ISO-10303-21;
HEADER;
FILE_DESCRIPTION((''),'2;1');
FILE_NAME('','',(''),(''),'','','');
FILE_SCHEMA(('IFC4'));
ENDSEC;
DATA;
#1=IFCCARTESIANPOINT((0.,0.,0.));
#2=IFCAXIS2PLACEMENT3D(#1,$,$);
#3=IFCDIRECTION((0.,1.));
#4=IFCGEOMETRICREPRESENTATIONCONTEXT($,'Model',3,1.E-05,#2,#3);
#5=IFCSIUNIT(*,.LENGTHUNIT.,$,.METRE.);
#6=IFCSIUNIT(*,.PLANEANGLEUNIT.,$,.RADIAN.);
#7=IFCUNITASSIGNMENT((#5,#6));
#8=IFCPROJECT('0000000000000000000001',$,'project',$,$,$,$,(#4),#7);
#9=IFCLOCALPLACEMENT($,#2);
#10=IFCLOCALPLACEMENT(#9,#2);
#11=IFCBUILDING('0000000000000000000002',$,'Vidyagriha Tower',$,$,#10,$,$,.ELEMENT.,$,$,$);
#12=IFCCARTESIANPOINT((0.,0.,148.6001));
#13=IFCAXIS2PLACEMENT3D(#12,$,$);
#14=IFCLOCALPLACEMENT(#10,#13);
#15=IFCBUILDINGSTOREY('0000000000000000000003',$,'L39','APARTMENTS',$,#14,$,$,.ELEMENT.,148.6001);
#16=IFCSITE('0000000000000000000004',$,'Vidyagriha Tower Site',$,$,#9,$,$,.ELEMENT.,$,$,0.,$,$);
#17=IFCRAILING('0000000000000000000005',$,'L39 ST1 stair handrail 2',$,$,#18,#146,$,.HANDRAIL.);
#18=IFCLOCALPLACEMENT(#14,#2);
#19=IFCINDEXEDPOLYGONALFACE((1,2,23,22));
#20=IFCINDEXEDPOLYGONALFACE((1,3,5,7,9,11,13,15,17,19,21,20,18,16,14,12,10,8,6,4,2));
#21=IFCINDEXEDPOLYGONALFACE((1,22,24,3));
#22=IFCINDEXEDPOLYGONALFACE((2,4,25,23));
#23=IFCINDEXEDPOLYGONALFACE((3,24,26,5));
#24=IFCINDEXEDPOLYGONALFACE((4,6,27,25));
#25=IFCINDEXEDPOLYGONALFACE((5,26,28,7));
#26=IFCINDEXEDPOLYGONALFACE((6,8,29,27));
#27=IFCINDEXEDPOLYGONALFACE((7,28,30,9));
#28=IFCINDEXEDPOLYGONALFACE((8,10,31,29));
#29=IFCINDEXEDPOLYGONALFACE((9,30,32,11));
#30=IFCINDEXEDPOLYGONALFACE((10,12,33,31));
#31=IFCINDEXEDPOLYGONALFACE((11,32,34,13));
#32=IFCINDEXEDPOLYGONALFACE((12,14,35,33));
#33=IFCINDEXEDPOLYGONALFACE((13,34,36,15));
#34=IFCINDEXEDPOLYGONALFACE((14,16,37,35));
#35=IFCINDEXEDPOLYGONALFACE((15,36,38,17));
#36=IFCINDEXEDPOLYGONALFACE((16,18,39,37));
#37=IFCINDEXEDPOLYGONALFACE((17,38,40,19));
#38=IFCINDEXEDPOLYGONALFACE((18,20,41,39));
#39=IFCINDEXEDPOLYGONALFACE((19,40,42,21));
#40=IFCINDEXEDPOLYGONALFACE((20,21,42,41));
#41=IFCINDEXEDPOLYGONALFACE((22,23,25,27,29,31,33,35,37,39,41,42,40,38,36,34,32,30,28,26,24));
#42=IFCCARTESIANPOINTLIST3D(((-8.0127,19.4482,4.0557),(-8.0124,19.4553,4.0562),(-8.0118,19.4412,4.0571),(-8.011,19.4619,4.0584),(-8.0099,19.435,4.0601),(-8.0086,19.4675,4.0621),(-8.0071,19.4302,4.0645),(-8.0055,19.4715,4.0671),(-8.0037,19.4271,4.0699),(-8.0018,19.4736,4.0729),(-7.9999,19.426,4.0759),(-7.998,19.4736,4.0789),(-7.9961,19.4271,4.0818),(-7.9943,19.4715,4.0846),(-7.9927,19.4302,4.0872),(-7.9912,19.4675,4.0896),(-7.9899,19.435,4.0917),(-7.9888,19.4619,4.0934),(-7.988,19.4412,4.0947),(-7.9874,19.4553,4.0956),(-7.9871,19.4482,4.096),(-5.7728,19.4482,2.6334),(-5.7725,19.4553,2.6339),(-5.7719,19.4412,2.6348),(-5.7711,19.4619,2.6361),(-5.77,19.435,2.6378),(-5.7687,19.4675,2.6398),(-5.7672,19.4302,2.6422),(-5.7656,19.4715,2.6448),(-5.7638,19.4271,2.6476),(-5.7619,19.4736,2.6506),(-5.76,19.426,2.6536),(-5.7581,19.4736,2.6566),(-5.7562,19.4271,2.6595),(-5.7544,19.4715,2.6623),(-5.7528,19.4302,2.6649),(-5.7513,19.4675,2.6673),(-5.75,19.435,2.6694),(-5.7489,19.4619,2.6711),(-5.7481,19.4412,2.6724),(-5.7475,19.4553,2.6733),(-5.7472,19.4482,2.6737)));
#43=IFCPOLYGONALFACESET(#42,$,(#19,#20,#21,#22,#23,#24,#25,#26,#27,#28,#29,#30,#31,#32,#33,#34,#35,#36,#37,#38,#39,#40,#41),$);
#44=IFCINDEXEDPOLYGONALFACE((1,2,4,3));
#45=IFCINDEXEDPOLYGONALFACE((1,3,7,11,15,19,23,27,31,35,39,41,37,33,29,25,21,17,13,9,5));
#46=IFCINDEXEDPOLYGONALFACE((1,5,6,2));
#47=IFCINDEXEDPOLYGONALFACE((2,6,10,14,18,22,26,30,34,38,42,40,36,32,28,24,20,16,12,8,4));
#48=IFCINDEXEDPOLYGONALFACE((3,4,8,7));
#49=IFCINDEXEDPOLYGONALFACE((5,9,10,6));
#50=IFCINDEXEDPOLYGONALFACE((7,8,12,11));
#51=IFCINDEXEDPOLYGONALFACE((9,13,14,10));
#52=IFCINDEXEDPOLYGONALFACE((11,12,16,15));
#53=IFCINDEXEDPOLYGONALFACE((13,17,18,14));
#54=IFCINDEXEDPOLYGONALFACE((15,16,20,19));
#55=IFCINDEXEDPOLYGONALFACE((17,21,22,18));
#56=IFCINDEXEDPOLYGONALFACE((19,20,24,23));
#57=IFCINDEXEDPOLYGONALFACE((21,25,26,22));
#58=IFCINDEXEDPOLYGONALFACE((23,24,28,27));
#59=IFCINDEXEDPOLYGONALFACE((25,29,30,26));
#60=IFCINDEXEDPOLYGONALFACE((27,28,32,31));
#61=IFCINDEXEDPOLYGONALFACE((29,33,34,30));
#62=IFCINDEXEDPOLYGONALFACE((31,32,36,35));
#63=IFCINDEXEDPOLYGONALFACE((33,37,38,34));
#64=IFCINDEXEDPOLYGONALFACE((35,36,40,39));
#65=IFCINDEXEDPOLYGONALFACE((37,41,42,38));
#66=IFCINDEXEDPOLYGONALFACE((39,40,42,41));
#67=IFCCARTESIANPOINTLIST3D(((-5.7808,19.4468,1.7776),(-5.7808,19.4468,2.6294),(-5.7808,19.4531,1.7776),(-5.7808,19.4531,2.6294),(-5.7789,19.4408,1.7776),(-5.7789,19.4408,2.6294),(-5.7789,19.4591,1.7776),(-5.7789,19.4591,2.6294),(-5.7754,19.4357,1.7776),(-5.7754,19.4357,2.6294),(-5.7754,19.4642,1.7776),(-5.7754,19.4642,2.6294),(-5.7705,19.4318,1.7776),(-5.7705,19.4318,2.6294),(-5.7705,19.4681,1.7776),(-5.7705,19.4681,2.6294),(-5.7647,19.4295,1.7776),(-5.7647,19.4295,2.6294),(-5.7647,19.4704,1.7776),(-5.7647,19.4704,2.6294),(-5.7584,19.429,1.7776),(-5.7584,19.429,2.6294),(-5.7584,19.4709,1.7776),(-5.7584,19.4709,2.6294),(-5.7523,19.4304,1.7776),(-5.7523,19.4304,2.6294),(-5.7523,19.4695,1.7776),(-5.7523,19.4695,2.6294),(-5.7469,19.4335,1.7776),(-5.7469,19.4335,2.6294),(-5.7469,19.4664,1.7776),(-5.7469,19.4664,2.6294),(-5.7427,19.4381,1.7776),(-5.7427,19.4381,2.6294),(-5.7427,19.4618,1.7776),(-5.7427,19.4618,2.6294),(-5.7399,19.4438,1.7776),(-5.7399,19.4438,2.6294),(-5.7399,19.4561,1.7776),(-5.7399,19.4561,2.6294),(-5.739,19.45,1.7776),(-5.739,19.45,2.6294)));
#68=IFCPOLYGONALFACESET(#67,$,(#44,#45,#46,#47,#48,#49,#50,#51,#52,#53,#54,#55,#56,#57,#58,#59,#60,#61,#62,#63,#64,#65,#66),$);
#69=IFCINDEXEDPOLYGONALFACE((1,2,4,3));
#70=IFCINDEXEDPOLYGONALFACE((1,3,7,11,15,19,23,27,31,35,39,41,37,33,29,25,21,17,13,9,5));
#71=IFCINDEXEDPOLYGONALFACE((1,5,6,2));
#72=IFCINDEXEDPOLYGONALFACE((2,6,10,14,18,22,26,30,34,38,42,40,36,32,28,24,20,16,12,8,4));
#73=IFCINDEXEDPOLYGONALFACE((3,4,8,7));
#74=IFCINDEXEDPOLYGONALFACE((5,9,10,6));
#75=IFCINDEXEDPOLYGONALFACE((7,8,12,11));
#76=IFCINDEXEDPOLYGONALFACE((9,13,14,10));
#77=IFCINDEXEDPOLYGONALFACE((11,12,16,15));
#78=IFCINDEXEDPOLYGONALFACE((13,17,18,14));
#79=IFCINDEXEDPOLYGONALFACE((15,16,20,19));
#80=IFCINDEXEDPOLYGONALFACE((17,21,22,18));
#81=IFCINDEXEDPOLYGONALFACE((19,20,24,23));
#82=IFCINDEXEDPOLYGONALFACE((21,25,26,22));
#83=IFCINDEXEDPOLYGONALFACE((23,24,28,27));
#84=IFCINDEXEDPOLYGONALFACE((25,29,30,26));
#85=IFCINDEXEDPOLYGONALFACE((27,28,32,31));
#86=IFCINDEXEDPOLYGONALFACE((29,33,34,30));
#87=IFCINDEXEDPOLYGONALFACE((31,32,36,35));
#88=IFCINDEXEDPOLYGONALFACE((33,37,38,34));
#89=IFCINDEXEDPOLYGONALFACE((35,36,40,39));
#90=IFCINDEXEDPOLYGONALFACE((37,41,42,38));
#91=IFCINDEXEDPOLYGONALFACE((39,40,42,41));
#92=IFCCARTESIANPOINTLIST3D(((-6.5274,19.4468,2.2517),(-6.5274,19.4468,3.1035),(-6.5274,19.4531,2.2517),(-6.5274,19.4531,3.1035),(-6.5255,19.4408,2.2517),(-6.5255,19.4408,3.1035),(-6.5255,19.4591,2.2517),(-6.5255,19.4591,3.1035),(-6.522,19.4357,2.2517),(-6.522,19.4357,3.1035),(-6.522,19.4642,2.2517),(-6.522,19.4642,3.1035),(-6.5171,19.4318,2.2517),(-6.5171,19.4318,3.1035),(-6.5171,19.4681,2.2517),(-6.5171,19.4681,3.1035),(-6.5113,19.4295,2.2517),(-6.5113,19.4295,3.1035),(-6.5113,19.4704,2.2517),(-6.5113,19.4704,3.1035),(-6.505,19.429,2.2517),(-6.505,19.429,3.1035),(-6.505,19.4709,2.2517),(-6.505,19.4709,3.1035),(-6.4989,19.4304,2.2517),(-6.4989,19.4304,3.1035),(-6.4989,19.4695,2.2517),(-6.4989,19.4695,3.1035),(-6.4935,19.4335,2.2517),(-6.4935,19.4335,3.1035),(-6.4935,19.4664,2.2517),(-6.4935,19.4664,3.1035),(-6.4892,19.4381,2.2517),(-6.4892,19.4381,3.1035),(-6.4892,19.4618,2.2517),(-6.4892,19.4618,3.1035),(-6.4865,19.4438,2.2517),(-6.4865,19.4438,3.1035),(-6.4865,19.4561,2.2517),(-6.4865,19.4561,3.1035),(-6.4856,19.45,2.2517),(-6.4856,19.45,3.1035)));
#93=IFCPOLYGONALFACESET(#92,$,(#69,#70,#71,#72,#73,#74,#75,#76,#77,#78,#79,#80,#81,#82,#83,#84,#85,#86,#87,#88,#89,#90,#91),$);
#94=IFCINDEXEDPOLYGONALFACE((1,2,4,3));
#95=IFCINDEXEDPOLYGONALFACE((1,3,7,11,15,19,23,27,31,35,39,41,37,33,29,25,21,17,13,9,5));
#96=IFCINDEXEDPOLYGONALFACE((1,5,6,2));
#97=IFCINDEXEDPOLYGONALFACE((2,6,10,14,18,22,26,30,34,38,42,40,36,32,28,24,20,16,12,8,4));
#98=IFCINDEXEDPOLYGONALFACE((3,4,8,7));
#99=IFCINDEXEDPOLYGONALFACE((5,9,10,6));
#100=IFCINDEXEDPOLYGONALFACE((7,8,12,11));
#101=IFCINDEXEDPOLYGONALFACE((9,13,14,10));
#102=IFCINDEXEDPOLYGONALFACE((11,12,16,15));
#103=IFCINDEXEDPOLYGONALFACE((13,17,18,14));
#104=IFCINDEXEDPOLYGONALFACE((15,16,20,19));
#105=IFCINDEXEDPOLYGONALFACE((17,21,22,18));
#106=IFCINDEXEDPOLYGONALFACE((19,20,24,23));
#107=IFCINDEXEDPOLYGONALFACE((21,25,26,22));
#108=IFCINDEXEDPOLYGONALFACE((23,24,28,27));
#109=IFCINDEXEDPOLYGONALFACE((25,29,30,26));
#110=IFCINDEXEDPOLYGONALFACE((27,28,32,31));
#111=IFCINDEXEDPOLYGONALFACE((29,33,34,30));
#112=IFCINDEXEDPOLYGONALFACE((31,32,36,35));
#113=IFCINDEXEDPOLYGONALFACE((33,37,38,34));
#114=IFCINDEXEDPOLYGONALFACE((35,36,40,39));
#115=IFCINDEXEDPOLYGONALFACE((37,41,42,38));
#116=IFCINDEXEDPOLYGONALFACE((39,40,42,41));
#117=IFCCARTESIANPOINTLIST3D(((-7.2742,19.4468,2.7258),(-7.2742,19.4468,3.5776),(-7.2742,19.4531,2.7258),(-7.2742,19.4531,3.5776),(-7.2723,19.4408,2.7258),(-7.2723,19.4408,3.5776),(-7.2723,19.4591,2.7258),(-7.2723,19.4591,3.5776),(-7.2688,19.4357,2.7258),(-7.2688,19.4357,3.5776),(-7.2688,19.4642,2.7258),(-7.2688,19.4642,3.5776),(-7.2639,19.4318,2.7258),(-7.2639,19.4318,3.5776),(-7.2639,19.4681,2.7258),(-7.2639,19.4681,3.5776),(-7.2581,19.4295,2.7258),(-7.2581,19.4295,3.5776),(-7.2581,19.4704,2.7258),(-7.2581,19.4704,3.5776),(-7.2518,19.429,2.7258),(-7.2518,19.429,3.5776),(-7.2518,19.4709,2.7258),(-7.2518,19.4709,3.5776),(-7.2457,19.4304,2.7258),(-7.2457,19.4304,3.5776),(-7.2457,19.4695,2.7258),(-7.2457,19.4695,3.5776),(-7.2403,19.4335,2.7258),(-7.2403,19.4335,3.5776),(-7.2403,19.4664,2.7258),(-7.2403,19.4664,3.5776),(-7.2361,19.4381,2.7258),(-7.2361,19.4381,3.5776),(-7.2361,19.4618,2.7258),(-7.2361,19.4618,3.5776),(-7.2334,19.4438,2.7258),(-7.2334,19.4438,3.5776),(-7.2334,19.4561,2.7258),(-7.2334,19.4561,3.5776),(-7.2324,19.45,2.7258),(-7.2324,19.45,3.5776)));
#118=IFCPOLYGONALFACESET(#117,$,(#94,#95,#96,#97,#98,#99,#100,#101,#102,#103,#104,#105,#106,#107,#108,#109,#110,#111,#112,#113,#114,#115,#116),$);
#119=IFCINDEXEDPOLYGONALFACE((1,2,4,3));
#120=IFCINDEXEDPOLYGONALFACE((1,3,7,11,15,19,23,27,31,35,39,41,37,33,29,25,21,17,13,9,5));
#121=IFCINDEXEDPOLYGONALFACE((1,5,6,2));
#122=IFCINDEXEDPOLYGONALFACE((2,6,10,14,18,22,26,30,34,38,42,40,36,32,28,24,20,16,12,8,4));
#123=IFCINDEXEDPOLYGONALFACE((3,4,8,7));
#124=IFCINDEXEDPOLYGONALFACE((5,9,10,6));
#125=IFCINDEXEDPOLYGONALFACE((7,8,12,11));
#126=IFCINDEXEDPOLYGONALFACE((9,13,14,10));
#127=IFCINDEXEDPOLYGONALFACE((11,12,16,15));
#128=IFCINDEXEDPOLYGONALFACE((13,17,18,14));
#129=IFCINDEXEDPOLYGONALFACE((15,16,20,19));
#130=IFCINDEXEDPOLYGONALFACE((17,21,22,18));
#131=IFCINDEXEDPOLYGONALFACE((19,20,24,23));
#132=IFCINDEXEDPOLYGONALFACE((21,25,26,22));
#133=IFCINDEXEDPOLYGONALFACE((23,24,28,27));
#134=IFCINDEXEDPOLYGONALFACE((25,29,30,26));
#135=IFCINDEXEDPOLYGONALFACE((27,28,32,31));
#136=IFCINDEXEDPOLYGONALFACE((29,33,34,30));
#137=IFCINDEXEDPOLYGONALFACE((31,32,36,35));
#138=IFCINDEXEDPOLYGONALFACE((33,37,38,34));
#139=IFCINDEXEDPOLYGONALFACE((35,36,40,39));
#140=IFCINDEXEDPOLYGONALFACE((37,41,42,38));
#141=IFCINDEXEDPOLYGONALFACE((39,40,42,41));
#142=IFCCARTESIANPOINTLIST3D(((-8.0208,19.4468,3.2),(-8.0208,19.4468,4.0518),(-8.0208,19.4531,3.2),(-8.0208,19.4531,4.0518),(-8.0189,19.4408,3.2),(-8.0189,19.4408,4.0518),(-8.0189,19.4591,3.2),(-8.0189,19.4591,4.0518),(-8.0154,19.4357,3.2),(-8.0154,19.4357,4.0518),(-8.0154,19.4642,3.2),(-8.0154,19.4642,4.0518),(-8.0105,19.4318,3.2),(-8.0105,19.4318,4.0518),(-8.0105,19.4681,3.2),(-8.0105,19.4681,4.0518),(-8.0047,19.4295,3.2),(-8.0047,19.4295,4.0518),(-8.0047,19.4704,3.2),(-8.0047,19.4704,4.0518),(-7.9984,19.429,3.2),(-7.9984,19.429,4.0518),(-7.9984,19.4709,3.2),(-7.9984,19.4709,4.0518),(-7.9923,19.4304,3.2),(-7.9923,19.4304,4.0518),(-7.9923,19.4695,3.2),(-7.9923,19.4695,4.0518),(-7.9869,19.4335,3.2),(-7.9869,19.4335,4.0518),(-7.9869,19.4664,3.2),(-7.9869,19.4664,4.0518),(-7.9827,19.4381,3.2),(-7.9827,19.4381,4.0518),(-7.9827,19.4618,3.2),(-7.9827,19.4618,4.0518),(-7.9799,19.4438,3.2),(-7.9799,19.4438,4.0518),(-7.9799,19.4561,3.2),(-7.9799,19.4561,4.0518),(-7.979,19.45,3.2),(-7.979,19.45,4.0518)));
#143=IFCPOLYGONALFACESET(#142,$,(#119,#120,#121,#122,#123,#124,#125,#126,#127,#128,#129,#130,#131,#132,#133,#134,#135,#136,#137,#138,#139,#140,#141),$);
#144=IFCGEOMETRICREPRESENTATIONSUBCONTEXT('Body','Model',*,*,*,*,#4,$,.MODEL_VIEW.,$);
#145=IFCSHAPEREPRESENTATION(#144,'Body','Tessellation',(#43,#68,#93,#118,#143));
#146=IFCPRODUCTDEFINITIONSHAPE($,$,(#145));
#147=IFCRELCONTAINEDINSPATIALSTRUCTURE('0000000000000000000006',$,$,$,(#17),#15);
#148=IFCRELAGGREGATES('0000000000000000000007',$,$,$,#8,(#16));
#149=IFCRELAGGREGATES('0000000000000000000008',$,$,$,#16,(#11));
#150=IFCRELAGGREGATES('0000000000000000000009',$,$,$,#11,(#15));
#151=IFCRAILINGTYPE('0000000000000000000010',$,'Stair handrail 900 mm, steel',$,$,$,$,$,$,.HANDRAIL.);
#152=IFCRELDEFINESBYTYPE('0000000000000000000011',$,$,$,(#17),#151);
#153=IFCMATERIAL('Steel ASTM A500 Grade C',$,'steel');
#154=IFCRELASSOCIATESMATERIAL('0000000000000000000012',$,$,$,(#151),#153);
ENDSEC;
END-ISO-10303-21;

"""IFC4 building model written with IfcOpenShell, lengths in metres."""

from ifc_helpers import new_model, si_unit, direction, frame, origin, origin_2d, place, context, subcontext, project, spatial, circle, extrude, material, type_object, element, save


model = new_model("IFC4")

# Units and contexts
model_context = context("Model", 3, precision=1e-05, world=origin(), true_north=direction((0.0, 1.0)))
body_context = subcontext(model_context, "Body", "Model", "MODEL_VIEW")
ifc_project = project(units=[si_unit("LENGTHUNIT", "METRE"), si_unit("PLANEANGLEUNIT", "RADIAN")], contexts=[model_context])

# Site, building, storey
site_placement = place(None, origin())
site = spatial("IfcSite", under=ifc_project, at=site_placement, Name="Vidyagriha Tower Site", CompositionType="ELEMENT", RefElevation=0.0)
building_placement = place(site_placement, origin())
building = spatial("IfcBuilding", under=site, at=building_placement, Name="Vidyagriha Tower", CompositionType="ELEMENT")
storey_placement = place(building_placement, frame((0.0, 0.0, 148.6001)))
storey = spatial("IfcBuildingStorey", under=building, at=storey_placement, Name="L39", Description="APARTMENTS", CompositionType="ELEMENT", Elevation=148.6001)

# Railing
ifc_material_1 = material(Name="Steel ASTM A500 Grade C", Category="steel")
railing_type_1 = type_object("IfcRailingType", Name="Stair handrail 900 mm, steel", PredefinedType="HANDRAIL", material=ifc_material_1)
railing_1_placement = place(storey_placement, frame((-5.76, 19.45, 1.7776)))
element("IfcRailing", 1, at=railing_1_placement, inside=storey, type_object=railing_type_1, Name="L39 ST1 stair handrail 2", PredefinedType="HANDRAIL", context=body_context, shape_type="SweptSolid", body=[
    extrude(circle(Radius=0.0239, at=origin_2d()), frame((0.0, 0.0, 0.876), z_axis=(-0.844188, 0.0, 0.536048), x_axis=(0.0, -1.0, 0.0)), (0.0, 0.0, 1.0), 2.6533),
    extrude(circle(Radius=0.021, at=origin_2d()), origin(), (0.0, 0.0, 1.0), 0.8518),
    extrude(circle(Radius=0.021, at=origin_2d()), frame((-0.7466, 0.0, 0.4741)), (0.0, 0.0, 1.0), 0.8518),
    extrude(circle(Radius=0.021, at=origin_2d()), frame((-1.4934, 0.0, 0.9482)), (0.0, 0.0, 1.0), 0.8518),
    extrude(circle(Radius=0.021, at=origin_2d()), frame((-2.24, 0.0, 1.4224)), (0.0, 0.0, 1.0), 0.8518),
])

save(model, "model.ifc")
